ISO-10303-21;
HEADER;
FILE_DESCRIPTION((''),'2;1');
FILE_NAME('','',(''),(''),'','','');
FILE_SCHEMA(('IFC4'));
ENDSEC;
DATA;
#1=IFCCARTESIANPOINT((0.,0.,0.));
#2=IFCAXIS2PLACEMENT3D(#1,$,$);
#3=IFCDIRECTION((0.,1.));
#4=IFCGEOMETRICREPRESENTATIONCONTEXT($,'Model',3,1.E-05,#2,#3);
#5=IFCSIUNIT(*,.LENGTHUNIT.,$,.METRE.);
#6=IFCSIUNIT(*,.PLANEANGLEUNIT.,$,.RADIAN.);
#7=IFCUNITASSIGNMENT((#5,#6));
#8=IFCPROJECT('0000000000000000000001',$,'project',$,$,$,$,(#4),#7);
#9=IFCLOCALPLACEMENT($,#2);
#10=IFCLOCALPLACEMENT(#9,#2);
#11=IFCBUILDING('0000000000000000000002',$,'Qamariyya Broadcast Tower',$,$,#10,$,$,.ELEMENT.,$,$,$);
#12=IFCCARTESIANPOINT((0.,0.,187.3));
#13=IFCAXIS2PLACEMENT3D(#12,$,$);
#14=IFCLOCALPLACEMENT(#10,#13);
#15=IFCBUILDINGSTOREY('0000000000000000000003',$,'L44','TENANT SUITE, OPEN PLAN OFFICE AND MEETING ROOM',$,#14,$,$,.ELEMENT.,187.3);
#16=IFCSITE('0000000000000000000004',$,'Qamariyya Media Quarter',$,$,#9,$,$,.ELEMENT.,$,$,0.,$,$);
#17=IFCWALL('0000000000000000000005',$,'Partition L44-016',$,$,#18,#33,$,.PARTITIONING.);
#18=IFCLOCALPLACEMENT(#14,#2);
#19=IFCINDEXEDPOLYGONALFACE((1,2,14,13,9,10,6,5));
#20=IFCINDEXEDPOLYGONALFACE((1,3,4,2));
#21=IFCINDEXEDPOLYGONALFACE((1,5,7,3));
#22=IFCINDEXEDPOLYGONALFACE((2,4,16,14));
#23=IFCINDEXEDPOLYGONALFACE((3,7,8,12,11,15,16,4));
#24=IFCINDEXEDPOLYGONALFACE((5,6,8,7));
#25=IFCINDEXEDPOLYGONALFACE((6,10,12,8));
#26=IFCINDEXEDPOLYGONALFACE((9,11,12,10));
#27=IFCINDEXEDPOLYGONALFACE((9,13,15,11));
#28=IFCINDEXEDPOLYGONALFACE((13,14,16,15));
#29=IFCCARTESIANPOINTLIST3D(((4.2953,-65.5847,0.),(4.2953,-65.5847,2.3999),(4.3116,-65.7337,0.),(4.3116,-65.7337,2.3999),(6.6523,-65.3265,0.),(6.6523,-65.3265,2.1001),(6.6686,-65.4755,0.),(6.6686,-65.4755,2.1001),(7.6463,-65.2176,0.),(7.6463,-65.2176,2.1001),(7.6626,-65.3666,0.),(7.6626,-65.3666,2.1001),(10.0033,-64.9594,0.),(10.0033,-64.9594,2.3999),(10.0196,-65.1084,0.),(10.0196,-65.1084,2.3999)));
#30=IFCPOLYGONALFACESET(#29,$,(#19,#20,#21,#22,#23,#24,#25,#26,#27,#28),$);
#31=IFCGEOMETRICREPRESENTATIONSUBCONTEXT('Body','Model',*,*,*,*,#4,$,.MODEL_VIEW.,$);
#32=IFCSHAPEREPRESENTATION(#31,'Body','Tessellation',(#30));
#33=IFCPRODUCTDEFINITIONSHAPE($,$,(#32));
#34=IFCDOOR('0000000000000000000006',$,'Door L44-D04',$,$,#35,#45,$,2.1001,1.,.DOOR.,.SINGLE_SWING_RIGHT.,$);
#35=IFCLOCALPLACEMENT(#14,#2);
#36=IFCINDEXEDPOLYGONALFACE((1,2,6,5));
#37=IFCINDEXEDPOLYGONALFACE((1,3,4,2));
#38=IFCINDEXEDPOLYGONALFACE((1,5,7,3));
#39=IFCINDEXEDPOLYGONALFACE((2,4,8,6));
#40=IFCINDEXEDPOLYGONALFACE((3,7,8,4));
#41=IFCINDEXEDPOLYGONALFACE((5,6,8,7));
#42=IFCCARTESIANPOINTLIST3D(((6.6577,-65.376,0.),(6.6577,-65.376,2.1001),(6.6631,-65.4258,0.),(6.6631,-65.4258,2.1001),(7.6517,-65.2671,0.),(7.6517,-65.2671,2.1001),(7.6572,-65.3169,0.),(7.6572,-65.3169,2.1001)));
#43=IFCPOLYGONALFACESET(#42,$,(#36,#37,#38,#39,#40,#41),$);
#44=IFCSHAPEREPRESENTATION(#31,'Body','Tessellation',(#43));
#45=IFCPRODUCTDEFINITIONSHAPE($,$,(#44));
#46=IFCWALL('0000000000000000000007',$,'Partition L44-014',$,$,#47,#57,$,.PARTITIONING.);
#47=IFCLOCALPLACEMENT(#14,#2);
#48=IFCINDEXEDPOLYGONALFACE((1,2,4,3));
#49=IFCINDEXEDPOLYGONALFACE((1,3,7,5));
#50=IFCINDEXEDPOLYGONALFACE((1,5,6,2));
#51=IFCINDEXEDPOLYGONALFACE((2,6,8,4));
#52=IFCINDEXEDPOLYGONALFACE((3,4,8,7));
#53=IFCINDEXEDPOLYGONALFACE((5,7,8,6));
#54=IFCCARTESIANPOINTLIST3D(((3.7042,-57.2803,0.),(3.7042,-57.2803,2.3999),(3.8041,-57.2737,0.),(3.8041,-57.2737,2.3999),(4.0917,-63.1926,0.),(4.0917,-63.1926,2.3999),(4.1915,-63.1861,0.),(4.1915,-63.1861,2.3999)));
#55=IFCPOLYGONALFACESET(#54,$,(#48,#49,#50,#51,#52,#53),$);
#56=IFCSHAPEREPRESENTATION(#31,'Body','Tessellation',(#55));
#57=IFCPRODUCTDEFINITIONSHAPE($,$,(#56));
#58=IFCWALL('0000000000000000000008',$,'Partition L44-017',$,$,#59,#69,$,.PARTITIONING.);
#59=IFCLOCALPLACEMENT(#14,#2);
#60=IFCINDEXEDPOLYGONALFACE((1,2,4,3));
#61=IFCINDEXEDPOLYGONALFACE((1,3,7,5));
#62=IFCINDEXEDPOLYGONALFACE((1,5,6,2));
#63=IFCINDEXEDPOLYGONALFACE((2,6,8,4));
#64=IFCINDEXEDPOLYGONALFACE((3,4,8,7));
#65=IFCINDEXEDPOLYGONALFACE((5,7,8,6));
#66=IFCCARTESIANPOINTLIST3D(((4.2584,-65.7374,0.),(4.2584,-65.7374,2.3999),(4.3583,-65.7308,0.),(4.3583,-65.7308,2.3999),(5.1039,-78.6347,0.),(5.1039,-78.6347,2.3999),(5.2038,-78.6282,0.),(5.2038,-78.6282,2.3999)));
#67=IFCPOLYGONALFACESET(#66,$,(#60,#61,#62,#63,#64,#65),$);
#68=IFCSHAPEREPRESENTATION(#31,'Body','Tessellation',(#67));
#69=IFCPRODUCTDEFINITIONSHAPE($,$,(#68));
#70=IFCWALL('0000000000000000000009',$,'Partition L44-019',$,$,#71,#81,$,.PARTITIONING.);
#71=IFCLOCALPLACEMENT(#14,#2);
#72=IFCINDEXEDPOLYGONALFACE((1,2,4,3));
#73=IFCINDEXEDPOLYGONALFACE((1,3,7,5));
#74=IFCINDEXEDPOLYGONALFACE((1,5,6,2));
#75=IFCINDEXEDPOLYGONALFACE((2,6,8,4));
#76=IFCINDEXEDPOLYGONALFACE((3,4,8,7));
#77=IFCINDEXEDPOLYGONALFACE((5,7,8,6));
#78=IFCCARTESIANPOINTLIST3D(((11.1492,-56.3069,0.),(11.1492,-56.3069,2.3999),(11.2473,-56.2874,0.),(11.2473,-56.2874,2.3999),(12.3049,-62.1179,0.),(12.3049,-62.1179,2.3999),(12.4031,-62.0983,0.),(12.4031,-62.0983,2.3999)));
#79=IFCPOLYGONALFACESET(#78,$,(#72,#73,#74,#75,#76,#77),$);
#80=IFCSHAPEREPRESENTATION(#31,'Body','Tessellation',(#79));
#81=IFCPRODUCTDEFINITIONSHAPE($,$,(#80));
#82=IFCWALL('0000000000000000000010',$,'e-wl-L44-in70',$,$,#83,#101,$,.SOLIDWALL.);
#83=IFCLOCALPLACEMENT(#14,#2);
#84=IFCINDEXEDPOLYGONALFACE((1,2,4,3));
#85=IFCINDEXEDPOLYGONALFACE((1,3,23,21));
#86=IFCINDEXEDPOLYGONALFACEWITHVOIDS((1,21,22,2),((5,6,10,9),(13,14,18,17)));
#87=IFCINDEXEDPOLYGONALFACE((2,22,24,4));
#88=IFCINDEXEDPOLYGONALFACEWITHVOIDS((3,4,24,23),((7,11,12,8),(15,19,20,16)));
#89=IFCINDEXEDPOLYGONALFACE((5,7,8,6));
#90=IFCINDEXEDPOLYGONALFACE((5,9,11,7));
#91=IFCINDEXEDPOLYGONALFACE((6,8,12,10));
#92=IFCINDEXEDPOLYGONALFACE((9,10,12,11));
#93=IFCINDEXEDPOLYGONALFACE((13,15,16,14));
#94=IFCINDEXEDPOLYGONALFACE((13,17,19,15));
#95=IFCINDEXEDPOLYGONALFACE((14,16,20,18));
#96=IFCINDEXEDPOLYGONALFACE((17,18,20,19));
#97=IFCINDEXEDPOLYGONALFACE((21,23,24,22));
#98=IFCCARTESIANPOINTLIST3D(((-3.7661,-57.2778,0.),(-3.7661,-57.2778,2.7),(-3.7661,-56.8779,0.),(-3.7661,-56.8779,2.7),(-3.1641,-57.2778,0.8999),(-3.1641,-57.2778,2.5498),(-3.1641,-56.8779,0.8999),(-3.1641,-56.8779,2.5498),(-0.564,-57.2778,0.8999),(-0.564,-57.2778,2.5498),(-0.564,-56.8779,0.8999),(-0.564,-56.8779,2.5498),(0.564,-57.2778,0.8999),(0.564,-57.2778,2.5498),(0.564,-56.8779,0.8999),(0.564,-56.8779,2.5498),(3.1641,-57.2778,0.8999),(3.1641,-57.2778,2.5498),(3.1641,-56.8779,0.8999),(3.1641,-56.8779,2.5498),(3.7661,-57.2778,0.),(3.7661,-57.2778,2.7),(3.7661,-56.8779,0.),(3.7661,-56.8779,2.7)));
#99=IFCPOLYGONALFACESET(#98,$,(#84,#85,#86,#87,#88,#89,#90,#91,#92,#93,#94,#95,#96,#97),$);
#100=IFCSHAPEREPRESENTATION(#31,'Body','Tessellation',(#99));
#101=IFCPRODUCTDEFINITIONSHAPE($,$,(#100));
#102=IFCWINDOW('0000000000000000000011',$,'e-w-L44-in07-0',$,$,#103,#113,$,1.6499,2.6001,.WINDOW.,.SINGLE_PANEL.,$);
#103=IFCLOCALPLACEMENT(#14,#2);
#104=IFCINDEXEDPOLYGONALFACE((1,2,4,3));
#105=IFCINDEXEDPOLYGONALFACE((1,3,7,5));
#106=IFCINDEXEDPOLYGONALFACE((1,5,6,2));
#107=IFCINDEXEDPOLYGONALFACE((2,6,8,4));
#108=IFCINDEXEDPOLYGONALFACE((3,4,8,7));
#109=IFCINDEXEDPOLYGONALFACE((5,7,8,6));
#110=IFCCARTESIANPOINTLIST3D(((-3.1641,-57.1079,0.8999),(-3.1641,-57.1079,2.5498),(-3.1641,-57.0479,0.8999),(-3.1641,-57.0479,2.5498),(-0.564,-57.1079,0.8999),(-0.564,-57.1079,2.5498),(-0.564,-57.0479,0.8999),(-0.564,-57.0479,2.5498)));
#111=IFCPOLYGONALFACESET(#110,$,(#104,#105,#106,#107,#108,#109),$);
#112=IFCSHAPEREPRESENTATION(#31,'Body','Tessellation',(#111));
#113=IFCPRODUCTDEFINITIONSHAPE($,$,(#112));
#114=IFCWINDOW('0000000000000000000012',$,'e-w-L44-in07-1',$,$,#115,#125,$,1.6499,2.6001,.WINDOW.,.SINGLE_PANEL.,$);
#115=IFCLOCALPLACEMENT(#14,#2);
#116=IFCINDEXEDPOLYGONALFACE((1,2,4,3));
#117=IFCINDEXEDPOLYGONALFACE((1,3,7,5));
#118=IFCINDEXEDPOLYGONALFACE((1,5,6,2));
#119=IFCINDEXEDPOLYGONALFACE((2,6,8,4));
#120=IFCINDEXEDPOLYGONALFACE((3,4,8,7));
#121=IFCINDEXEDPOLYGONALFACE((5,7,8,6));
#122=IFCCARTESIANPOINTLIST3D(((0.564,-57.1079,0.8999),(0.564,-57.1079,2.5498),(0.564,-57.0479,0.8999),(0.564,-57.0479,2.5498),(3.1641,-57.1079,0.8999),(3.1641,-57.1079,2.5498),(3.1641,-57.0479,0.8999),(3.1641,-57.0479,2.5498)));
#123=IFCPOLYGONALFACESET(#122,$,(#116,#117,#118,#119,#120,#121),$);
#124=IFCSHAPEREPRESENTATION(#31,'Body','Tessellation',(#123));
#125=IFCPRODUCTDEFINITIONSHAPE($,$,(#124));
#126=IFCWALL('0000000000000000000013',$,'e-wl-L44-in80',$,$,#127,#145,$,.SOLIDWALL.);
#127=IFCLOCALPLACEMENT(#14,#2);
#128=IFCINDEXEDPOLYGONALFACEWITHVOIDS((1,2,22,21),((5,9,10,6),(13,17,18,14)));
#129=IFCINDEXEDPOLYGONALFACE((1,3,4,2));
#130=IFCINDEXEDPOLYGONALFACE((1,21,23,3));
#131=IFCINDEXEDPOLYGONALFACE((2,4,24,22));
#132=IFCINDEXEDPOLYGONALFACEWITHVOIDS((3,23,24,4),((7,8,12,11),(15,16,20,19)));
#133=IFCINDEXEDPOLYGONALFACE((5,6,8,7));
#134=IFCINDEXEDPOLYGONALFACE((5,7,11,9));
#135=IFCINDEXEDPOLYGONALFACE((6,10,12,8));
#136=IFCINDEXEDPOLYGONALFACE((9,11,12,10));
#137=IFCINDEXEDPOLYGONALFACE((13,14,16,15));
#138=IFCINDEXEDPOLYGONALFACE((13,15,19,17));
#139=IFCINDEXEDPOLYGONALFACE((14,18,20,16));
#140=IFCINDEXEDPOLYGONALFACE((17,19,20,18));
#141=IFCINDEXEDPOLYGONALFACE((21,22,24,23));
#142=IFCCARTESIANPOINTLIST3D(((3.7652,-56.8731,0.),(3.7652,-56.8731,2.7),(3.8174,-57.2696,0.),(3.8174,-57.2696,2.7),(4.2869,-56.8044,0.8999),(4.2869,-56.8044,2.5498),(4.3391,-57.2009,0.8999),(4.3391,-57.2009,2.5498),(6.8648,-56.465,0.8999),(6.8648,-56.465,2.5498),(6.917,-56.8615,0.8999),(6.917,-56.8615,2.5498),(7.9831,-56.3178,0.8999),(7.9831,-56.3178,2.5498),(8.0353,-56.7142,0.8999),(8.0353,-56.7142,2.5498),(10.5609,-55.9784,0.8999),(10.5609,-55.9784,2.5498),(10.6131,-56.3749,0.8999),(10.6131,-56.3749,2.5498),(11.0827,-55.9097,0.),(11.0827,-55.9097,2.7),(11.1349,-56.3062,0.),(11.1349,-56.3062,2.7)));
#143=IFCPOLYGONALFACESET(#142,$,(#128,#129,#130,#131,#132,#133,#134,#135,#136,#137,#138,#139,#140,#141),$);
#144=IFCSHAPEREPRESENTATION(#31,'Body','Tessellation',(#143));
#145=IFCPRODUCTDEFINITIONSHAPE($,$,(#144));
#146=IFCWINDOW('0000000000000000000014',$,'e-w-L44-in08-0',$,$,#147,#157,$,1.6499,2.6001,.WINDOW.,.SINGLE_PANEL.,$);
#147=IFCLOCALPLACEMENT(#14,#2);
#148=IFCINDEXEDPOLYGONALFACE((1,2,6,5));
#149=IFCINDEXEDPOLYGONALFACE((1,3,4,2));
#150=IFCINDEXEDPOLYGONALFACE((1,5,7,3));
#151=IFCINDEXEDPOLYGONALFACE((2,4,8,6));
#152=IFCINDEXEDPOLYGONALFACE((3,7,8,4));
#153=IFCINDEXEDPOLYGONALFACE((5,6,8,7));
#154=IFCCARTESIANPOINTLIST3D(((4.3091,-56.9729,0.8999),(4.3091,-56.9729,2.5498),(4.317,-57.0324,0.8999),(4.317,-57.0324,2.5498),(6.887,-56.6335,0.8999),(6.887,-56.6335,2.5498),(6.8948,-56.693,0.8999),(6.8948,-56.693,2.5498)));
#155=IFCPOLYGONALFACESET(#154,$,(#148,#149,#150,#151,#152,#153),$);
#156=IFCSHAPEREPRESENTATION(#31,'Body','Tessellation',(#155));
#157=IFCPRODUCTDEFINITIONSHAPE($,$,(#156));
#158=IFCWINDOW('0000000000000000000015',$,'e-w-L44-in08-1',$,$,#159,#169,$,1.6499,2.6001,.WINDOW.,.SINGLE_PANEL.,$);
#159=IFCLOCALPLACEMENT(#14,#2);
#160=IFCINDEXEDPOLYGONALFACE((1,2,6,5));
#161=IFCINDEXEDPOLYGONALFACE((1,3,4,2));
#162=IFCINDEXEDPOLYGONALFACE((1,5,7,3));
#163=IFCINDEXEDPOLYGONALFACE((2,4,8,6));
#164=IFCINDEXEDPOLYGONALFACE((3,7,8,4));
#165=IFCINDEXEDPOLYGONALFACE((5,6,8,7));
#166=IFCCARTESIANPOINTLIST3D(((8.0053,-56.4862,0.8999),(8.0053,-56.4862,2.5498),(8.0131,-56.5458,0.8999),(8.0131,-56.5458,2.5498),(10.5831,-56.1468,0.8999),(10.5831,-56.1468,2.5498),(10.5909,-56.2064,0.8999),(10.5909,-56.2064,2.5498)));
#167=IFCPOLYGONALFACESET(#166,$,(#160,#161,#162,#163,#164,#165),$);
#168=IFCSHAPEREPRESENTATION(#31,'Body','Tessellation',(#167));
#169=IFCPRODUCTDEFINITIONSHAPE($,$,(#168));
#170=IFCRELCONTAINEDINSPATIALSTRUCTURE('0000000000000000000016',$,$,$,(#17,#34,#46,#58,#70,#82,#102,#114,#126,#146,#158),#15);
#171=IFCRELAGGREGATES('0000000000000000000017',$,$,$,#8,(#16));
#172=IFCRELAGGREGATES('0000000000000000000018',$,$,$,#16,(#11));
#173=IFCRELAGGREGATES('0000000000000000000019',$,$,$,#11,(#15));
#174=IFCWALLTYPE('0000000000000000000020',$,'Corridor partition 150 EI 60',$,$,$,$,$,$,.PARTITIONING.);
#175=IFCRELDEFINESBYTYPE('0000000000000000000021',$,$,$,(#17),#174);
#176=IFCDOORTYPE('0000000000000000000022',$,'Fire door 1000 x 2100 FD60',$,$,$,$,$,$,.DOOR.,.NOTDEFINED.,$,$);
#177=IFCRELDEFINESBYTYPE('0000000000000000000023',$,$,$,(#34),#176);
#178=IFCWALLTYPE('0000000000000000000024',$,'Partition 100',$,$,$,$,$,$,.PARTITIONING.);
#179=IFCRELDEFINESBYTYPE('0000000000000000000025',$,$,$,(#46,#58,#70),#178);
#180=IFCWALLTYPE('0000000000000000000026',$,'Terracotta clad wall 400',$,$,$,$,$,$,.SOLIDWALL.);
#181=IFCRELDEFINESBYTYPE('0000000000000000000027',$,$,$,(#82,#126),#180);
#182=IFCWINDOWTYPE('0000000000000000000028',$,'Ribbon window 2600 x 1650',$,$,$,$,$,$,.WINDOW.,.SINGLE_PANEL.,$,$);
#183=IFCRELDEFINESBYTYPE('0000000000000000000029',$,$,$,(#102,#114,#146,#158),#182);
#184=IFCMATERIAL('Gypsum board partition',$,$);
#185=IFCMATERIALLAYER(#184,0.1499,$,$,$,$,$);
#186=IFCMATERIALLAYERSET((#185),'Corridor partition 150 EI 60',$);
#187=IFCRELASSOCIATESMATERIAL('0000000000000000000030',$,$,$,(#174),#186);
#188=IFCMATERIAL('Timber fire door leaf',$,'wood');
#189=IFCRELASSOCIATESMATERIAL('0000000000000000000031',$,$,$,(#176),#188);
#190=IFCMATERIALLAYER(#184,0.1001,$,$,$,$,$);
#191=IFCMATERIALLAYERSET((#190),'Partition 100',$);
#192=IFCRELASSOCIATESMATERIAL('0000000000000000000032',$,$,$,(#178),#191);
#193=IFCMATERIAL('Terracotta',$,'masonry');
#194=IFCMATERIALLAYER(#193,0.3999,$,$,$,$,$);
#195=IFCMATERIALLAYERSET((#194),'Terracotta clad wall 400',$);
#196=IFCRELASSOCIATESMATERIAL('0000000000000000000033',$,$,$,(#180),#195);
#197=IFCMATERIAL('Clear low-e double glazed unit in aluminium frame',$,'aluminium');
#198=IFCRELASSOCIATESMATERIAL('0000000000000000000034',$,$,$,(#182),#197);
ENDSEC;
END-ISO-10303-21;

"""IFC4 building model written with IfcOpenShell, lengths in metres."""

from ifc_helpers import new_model, si_unit, direction, frame, frame_2d, origin, place, context, subcontext, project, spatial, rectangle, extrude, material, layer, layer_set, type_object, element, fill, save


model = new_model("IFC4")

# Units and contexts
model_context = context("Model", 3, precision=1e-05, world=origin(), true_north=direction((0.0, 1.0)))
body_context = subcontext(model_context, "Body", "Model", "MODEL_VIEW")
ifc_project = project(units=[si_unit("LENGTHUNIT", "METRE"), si_unit("PLANEANGLEUNIT", "RADIAN")], contexts=[model_context])

# Site, building, storey
site_placement = place(None, origin())
site = spatial("IfcSite", under=ifc_project, at=site_placement, Name="Qamariyya Media Quarter", CompositionType="ELEMENT", RefElevation=0.0)
building_placement = place(site_placement, origin())
building = spatial("IfcBuilding", under=site, at=building_placement, Name="Qamariyya Broadcast Tower", CompositionType="ELEMENT")
storey_placement = place(building_placement, frame((0.0, 0.0, 187.3)))
storey = spatial("IfcBuildingStorey", under=building, at=storey_placement, Name="L44", Description="TENANT SUITE, OPEN PLAN OFFICE AND MEETING ROOM", CompositionType="ELEMENT", Elevation=187.3)

# Wall, opening, door
ifc_material_1 = material(Name="Gypsum board partition")
ifc_layer_1 = layer(ifc_material_1, 0.1499)
ifc_layer_set_1 = layer_set([ifc_layer_1], Name="Corridor partition 150 EI 60")
wall_type_1 = type_object("IfcWallType", Name="Corridor partition 150 EI 60", PredefinedType="PARTITIONING", material=ifc_layer_set_1)
ifc_material_2 = material(Name="Timber fire door leaf", Category="wood")
wall_1_placement = place(storey_placement, frame((10.0115, -65.0339, 0.0), z_axis=(0.0, 0.0, 1.0), x_axis=(-0.994054, -0.108887, 0.0)))
wall_1 = element("IfcWall", 1, at=wall_1_placement, inside=storey, type_object=wall_type_1, Name="Partition L44-016", PredefinedType="PARTITIONING", context=body_context, shape_type="SweptSolid", body=[
    extrude(rectangle(XDim=5.7422, YDim=0.1499, at=frame_2d((2.8711, 0.0))), origin(), (0.0, 0.0, 1.0), 2.3999),
])
opening_1_placement = place(wall_1_placement, frame((2.3711, 0.0, 0.0)))
opening_1 = element("IfcOpeningElement", 2, at=opening_1_placement, cuts=wall_1, PredefinedType="OPENING", context=body_context, shape_type="SweptSolid", body=[
    extrude(rectangle(XDim=1.0, YDim=2.1001, at=frame_2d((0.5, 1.05))), frame((0.0, 0.085, 0.0), z_axis=(0.0, -1.0, 0.0), x_axis=(1.0, 0.0, 0.0)), (0.0, 0.0, 1.0), 0.1699),
])
door_type_1 = type_object("IfcDoorType", Name="Fire door 1000 x 2100 FD60", OperationType="NOTDEFINED", PredefinedType="DOOR", material=ifc_material_2)
door_1_placement = place(opening_1_placement, origin())
door_1 = element("IfcDoor", 3, at=door_1_placement, inside=storey, type_object=door_type_1, Name="Door L44-D04", OperationType="SINGLE_SWING_RIGHT", OverallHeight=2.1001, OverallWidth=1.0, PredefinedType="DOOR", context=body_context, shape_type="SweptSolid", body=[
    extrude(rectangle(XDim=1.0, YDim=2.1001, at=frame_2d((0.5, 1.05))), frame((0.0, 0.0249, 0.0), z_axis=(0.0, -1.0, 0.0), x_axis=(1.0, 0.0, 0.0)), (0.0, 0.0, 1.0), 0.05),
])
fill(opening_1, door_1)

# Walls
ifc_layer_2 = layer(ifc_material_1, 0.1001)
ifc_layer_set_2 = layer_set([ifc_layer_2], Name="Partition 100")
wall_type_2 = type_object("IfcWallType", Name="Partition 100", PredefinedType="PARTITIONING", material=ifc_layer_set_2)
wall_2_placement = place(storey_placement, frame((3.7542, -57.2771, 0.0), z_axis=(0.0, 0.0, 1.0), x_axis=(0.065392, -0.99786, 0.0)))
element("IfcWall", 4, at=wall_2_placement, inside=storey, type_object=wall_type_2, Name="Partition L44-014", PredefinedType="PARTITIONING", context=body_context, shape_type="SweptSolid", body=[
    extrude(rectangle(XDim=5.925, YDim=0.1001, at=frame_2d((2.9624, 0.0))), origin(), (0.0, 0.0, 1.0), 2.3999),
])
wall_3_placement = place(storey_placement, frame((5.1538, -78.6313, 0.0), z_axis=(0.0, 0.0, 1.0), x_axis=(-0.065412, 0.997858, 0.0)))
element("IfcWall", 5, at=wall_3_placement, inside=storey, type_object=wall_type_2, Name="Partition L44-017", PredefinedType="PARTITIONING", context=body_context, shape_type="SweptSolid", body=[
    extrude(rectangle(XDim=12.925, YDim=0.1001, at=frame_2d((6.4624, 0.0))), origin(), (0.0, 0.0, 1.0), 2.3999),
])
wall_4_placement = place(storey_placement, frame((11.1982, -56.2971, 0.0), z_axis=(0.0, 0.0, 1.0), x_axis=(0.19507, -0.980789, 0.0)))
element("IfcWall", 6, at=wall_4_placement, inside=storey, type_object=wall_type_2, Name="Partition L44-019", PredefinedType="PARTITIONING", context=body_context, shape_type="SweptSolid", body=[
    extrude(rectangle(XDim=5.9248, YDim=0.1001, at=frame_2d((2.9624, 0.0))), origin(), (0.0, 0.0, 1.0), 2.3999),
])

# Walls, openings, windows
ifc_material_3 = material(Name="Terracotta", Category="masonry")
ifc_layer_3 = layer(ifc_material_3, 0.3999)
ifc_layer_set_3 = layer_set([ifc_layer_3], Name="Terracotta clad wall 400")
wall_type_3 = type_object("IfcWallType", Name="Terracotta clad wall 400", PredefinedType="SOLIDWALL", material=ifc_layer_set_3)
wall_5_placement = place(storey_placement, frame((3.7661, -57.0779, 0.0), z_axis=(0.0, 0.0, 1.0), x_axis=(-1.0, 0.0, 0.0)))
wall_5 = element("IfcWall", 7, at=wall_5_placement, inside=storey, type_object=wall_type_3, Name="e-wl-L44-in70", PredefinedType="SOLIDWALL", context=body_context, shape_type="SweptSolid", body=[
    extrude(rectangle(XDim=7.5322, YDim=0.3999, at=frame_2d((3.7661, 0.0))), origin(), (0.0, 0.0, 1.0), 2.7),
])
opening_2_placement = place(wall_5_placement, frame((4.3301, 0.0, 0.8999)))
opening_2 = element("IfcOpeningElement", 8, at=opening_2_placement, cuts=wall_5, PredefinedType="OPENING", context=body_context, shape_type="SweptSolid", body=[
    extrude(rectangle(XDim=2.6001, YDim=1.6499, at=frame_2d((1.3, 0.825))), frame((0.0, 0.21, 0.0), z_axis=(0.0, -1.0, 0.0), x_axis=(1.0, 0.0, 0.0)), (0.0, 0.0, 1.0), 0.4199),
])
opening_3_placement = place(wall_5_placement, frame((0.6021, 0.0, 0.8999)))
opening_3 = element("IfcOpeningElement", 9, at=opening_3_placement, cuts=wall_5, PredefinedType="OPENING", context=body_context, shape_type="SweptSolid", body=[
    extrude(rectangle(XDim=2.6001, YDim=1.6499, at=frame_2d((1.3, 0.825))), frame((0.0, 0.21, 0.0), z_axis=(0.0, -1.0, 0.0), x_axis=(1.0, 0.0, 0.0)), (0.0, 0.0, 1.0), 0.4199),
])
ifc_material_4 = material(Name="Clear low-e double glazed unit in aluminium frame", Category="aluminium")
window_type = type_object("IfcWindowType", Name="Ribbon window 2600 x 1650", PartitioningType="SINGLE_PANEL", PredefinedType="WINDOW", material=ifc_material_4)
window_1_placement = place(opening_2_placement, origin())
window_1 = element("IfcWindow", 10, at=window_1_placement, inside=storey, type_object=window_type, Name="e-w-L44-in07-0", OverallHeight=1.6499, OverallWidth=2.6001, PartitioningType="SINGLE_PANEL", PredefinedType="WINDOW", context=body_context, shape_type="SweptSolid", body=[
    extrude(rectangle(XDim=2.6001, YDim=1.6499, at=frame_2d((1.3, 0.825))), frame((0.0, 0.03, 0.0), z_axis=(0.0, -1.0, 0.0), x_axis=(1.0, 0.0, 0.0)), (0.0, 0.0, 1.0), 0.0601),
])
fill(opening_2, window_1)
window_2_placement = place(opening_3_placement, origin())
window_2 = element("IfcWindow", 11, at=window_2_placement, inside=storey, type_object=window_type, Name="e-w-L44-in07-1", OverallHeight=1.6499, OverallWidth=2.6001, PartitioningType="SINGLE_PANEL", PredefinedType="WINDOW", context=body_context, shape_type="SweptSolid", body=[
    extrude(rectangle(XDim=2.6001, YDim=1.6499, at=frame_2d((1.3, 0.825))), frame((0.0, 0.03, 0.0), z_axis=(0.0, -1.0, 0.0), x_axis=(1.0, 0.0, 0.0)), (0.0, 0.0, 1.0), 0.0601),
])
fill(opening_3, window_2)
wall_6_placement = place(storey_placement, frame((11.1089, -56.1079, 0.0), z_axis=(0.0, 0.0, 1.0), x_axis=(-0.991444, -0.13053, 0.0)))
wall_6 = element("IfcWall", 12, at=wall_6_placement, inside=storey, type_object=wall_type_3, Name="e-wl-L44-in80", PredefinedType="SOLIDWALL", context=body_context, shape_type="SweptSolid", body=[
    extrude(rectangle(XDim=7.3806, YDim=0.3999, at=frame_2d((3.6904, 0.0))), origin(), (0.0, 0.0, 1.0), 2.7),
])
opening_4_placement = place(wall_6_placement, frame((4.2544, 0.0, 0.8999)))
opening_4 = element("IfcOpeningElement", 13, at=opening_4_placement, cuts=wall_6, PredefinedType="OPENING", context=body_context, shape_type="SweptSolid", body=[
    extrude(rectangle(XDim=2.6001, YDim=1.6499, at=frame_2d((1.3, 0.825))), frame((0.0, 0.21, 0.0), z_axis=(0.0, -1.0, 0.0), x_axis=(1.0, 0.0, 0.0)), (0.0, 0.0, 1.0), 0.4199),
])
opening_5_placement = place(wall_6_placement, frame((0.5264, 0.0, 0.8999)))
opening_5 = element("IfcOpeningElement", 14, at=opening_5_placement, cuts=wall_6, PredefinedType="OPENING", context=body_context, shape_type="SweptSolid", body=[
    extrude(rectangle(XDim=2.6001, YDim=1.6499, at=frame_2d((1.3, 0.825))), frame((0.0, 0.21, 0.0), z_axis=(0.0, -1.0, 0.0), x_axis=(1.0, 0.0, 0.0)), (0.0, 0.0, 1.0), 0.4199),
])
window_3_placement = place(opening_4_placement, origin())
window_3 = element("IfcWindow", 15, at=window_3_placement, inside=storey, type_object=window_type, Name="e-w-L44-in08-0", OverallHeight=1.6499, OverallWidth=2.6001, PartitioningType="SINGLE_PANEL", PredefinedType="WINDOW", context=body_context, shape_type="SweptSolid", body=[
    extrude(rectangle(XDim=2.6001, YDim=1.6499, at=frame_2d((1.3, 0.825))), frame((0.0, 0.03, 0.0), z_axis=(0.0, -1.0, 0.0), x_axis=(1.0, 0.0, 0.0)), (0.0, 0.0, 1.0), 0.0601),
])
fill(opening_4, window_3)
window_4_placement = place(opening_5_placement, origin())
window_4 = element("IfcWindow", 16, at=window_4_placement, inside=storey, type_object=window_type, Name="e-w-L44-in08-1", OverallHeight=1.6499, OverallWidth=2.6001, PartitioningType="SINGLE_PANEL", PredefinedType="WINDOW", context=body_context, shape_type="SweptSolid", body=[
    extrude(rectangle(XDim=2.6001, YDim=1.6499, at=frame_2d((1.3, 0.825))), frame((0.0, 0.03, 0.0), z_axis=(0.0, -1.0, 0.0), x_axis=(1.0, 0.0, 0.0)), (0.0, 0.0, 1.0), 0.0601),
])
fill(opening_5, window_4)

save(model, "model.ifc")
